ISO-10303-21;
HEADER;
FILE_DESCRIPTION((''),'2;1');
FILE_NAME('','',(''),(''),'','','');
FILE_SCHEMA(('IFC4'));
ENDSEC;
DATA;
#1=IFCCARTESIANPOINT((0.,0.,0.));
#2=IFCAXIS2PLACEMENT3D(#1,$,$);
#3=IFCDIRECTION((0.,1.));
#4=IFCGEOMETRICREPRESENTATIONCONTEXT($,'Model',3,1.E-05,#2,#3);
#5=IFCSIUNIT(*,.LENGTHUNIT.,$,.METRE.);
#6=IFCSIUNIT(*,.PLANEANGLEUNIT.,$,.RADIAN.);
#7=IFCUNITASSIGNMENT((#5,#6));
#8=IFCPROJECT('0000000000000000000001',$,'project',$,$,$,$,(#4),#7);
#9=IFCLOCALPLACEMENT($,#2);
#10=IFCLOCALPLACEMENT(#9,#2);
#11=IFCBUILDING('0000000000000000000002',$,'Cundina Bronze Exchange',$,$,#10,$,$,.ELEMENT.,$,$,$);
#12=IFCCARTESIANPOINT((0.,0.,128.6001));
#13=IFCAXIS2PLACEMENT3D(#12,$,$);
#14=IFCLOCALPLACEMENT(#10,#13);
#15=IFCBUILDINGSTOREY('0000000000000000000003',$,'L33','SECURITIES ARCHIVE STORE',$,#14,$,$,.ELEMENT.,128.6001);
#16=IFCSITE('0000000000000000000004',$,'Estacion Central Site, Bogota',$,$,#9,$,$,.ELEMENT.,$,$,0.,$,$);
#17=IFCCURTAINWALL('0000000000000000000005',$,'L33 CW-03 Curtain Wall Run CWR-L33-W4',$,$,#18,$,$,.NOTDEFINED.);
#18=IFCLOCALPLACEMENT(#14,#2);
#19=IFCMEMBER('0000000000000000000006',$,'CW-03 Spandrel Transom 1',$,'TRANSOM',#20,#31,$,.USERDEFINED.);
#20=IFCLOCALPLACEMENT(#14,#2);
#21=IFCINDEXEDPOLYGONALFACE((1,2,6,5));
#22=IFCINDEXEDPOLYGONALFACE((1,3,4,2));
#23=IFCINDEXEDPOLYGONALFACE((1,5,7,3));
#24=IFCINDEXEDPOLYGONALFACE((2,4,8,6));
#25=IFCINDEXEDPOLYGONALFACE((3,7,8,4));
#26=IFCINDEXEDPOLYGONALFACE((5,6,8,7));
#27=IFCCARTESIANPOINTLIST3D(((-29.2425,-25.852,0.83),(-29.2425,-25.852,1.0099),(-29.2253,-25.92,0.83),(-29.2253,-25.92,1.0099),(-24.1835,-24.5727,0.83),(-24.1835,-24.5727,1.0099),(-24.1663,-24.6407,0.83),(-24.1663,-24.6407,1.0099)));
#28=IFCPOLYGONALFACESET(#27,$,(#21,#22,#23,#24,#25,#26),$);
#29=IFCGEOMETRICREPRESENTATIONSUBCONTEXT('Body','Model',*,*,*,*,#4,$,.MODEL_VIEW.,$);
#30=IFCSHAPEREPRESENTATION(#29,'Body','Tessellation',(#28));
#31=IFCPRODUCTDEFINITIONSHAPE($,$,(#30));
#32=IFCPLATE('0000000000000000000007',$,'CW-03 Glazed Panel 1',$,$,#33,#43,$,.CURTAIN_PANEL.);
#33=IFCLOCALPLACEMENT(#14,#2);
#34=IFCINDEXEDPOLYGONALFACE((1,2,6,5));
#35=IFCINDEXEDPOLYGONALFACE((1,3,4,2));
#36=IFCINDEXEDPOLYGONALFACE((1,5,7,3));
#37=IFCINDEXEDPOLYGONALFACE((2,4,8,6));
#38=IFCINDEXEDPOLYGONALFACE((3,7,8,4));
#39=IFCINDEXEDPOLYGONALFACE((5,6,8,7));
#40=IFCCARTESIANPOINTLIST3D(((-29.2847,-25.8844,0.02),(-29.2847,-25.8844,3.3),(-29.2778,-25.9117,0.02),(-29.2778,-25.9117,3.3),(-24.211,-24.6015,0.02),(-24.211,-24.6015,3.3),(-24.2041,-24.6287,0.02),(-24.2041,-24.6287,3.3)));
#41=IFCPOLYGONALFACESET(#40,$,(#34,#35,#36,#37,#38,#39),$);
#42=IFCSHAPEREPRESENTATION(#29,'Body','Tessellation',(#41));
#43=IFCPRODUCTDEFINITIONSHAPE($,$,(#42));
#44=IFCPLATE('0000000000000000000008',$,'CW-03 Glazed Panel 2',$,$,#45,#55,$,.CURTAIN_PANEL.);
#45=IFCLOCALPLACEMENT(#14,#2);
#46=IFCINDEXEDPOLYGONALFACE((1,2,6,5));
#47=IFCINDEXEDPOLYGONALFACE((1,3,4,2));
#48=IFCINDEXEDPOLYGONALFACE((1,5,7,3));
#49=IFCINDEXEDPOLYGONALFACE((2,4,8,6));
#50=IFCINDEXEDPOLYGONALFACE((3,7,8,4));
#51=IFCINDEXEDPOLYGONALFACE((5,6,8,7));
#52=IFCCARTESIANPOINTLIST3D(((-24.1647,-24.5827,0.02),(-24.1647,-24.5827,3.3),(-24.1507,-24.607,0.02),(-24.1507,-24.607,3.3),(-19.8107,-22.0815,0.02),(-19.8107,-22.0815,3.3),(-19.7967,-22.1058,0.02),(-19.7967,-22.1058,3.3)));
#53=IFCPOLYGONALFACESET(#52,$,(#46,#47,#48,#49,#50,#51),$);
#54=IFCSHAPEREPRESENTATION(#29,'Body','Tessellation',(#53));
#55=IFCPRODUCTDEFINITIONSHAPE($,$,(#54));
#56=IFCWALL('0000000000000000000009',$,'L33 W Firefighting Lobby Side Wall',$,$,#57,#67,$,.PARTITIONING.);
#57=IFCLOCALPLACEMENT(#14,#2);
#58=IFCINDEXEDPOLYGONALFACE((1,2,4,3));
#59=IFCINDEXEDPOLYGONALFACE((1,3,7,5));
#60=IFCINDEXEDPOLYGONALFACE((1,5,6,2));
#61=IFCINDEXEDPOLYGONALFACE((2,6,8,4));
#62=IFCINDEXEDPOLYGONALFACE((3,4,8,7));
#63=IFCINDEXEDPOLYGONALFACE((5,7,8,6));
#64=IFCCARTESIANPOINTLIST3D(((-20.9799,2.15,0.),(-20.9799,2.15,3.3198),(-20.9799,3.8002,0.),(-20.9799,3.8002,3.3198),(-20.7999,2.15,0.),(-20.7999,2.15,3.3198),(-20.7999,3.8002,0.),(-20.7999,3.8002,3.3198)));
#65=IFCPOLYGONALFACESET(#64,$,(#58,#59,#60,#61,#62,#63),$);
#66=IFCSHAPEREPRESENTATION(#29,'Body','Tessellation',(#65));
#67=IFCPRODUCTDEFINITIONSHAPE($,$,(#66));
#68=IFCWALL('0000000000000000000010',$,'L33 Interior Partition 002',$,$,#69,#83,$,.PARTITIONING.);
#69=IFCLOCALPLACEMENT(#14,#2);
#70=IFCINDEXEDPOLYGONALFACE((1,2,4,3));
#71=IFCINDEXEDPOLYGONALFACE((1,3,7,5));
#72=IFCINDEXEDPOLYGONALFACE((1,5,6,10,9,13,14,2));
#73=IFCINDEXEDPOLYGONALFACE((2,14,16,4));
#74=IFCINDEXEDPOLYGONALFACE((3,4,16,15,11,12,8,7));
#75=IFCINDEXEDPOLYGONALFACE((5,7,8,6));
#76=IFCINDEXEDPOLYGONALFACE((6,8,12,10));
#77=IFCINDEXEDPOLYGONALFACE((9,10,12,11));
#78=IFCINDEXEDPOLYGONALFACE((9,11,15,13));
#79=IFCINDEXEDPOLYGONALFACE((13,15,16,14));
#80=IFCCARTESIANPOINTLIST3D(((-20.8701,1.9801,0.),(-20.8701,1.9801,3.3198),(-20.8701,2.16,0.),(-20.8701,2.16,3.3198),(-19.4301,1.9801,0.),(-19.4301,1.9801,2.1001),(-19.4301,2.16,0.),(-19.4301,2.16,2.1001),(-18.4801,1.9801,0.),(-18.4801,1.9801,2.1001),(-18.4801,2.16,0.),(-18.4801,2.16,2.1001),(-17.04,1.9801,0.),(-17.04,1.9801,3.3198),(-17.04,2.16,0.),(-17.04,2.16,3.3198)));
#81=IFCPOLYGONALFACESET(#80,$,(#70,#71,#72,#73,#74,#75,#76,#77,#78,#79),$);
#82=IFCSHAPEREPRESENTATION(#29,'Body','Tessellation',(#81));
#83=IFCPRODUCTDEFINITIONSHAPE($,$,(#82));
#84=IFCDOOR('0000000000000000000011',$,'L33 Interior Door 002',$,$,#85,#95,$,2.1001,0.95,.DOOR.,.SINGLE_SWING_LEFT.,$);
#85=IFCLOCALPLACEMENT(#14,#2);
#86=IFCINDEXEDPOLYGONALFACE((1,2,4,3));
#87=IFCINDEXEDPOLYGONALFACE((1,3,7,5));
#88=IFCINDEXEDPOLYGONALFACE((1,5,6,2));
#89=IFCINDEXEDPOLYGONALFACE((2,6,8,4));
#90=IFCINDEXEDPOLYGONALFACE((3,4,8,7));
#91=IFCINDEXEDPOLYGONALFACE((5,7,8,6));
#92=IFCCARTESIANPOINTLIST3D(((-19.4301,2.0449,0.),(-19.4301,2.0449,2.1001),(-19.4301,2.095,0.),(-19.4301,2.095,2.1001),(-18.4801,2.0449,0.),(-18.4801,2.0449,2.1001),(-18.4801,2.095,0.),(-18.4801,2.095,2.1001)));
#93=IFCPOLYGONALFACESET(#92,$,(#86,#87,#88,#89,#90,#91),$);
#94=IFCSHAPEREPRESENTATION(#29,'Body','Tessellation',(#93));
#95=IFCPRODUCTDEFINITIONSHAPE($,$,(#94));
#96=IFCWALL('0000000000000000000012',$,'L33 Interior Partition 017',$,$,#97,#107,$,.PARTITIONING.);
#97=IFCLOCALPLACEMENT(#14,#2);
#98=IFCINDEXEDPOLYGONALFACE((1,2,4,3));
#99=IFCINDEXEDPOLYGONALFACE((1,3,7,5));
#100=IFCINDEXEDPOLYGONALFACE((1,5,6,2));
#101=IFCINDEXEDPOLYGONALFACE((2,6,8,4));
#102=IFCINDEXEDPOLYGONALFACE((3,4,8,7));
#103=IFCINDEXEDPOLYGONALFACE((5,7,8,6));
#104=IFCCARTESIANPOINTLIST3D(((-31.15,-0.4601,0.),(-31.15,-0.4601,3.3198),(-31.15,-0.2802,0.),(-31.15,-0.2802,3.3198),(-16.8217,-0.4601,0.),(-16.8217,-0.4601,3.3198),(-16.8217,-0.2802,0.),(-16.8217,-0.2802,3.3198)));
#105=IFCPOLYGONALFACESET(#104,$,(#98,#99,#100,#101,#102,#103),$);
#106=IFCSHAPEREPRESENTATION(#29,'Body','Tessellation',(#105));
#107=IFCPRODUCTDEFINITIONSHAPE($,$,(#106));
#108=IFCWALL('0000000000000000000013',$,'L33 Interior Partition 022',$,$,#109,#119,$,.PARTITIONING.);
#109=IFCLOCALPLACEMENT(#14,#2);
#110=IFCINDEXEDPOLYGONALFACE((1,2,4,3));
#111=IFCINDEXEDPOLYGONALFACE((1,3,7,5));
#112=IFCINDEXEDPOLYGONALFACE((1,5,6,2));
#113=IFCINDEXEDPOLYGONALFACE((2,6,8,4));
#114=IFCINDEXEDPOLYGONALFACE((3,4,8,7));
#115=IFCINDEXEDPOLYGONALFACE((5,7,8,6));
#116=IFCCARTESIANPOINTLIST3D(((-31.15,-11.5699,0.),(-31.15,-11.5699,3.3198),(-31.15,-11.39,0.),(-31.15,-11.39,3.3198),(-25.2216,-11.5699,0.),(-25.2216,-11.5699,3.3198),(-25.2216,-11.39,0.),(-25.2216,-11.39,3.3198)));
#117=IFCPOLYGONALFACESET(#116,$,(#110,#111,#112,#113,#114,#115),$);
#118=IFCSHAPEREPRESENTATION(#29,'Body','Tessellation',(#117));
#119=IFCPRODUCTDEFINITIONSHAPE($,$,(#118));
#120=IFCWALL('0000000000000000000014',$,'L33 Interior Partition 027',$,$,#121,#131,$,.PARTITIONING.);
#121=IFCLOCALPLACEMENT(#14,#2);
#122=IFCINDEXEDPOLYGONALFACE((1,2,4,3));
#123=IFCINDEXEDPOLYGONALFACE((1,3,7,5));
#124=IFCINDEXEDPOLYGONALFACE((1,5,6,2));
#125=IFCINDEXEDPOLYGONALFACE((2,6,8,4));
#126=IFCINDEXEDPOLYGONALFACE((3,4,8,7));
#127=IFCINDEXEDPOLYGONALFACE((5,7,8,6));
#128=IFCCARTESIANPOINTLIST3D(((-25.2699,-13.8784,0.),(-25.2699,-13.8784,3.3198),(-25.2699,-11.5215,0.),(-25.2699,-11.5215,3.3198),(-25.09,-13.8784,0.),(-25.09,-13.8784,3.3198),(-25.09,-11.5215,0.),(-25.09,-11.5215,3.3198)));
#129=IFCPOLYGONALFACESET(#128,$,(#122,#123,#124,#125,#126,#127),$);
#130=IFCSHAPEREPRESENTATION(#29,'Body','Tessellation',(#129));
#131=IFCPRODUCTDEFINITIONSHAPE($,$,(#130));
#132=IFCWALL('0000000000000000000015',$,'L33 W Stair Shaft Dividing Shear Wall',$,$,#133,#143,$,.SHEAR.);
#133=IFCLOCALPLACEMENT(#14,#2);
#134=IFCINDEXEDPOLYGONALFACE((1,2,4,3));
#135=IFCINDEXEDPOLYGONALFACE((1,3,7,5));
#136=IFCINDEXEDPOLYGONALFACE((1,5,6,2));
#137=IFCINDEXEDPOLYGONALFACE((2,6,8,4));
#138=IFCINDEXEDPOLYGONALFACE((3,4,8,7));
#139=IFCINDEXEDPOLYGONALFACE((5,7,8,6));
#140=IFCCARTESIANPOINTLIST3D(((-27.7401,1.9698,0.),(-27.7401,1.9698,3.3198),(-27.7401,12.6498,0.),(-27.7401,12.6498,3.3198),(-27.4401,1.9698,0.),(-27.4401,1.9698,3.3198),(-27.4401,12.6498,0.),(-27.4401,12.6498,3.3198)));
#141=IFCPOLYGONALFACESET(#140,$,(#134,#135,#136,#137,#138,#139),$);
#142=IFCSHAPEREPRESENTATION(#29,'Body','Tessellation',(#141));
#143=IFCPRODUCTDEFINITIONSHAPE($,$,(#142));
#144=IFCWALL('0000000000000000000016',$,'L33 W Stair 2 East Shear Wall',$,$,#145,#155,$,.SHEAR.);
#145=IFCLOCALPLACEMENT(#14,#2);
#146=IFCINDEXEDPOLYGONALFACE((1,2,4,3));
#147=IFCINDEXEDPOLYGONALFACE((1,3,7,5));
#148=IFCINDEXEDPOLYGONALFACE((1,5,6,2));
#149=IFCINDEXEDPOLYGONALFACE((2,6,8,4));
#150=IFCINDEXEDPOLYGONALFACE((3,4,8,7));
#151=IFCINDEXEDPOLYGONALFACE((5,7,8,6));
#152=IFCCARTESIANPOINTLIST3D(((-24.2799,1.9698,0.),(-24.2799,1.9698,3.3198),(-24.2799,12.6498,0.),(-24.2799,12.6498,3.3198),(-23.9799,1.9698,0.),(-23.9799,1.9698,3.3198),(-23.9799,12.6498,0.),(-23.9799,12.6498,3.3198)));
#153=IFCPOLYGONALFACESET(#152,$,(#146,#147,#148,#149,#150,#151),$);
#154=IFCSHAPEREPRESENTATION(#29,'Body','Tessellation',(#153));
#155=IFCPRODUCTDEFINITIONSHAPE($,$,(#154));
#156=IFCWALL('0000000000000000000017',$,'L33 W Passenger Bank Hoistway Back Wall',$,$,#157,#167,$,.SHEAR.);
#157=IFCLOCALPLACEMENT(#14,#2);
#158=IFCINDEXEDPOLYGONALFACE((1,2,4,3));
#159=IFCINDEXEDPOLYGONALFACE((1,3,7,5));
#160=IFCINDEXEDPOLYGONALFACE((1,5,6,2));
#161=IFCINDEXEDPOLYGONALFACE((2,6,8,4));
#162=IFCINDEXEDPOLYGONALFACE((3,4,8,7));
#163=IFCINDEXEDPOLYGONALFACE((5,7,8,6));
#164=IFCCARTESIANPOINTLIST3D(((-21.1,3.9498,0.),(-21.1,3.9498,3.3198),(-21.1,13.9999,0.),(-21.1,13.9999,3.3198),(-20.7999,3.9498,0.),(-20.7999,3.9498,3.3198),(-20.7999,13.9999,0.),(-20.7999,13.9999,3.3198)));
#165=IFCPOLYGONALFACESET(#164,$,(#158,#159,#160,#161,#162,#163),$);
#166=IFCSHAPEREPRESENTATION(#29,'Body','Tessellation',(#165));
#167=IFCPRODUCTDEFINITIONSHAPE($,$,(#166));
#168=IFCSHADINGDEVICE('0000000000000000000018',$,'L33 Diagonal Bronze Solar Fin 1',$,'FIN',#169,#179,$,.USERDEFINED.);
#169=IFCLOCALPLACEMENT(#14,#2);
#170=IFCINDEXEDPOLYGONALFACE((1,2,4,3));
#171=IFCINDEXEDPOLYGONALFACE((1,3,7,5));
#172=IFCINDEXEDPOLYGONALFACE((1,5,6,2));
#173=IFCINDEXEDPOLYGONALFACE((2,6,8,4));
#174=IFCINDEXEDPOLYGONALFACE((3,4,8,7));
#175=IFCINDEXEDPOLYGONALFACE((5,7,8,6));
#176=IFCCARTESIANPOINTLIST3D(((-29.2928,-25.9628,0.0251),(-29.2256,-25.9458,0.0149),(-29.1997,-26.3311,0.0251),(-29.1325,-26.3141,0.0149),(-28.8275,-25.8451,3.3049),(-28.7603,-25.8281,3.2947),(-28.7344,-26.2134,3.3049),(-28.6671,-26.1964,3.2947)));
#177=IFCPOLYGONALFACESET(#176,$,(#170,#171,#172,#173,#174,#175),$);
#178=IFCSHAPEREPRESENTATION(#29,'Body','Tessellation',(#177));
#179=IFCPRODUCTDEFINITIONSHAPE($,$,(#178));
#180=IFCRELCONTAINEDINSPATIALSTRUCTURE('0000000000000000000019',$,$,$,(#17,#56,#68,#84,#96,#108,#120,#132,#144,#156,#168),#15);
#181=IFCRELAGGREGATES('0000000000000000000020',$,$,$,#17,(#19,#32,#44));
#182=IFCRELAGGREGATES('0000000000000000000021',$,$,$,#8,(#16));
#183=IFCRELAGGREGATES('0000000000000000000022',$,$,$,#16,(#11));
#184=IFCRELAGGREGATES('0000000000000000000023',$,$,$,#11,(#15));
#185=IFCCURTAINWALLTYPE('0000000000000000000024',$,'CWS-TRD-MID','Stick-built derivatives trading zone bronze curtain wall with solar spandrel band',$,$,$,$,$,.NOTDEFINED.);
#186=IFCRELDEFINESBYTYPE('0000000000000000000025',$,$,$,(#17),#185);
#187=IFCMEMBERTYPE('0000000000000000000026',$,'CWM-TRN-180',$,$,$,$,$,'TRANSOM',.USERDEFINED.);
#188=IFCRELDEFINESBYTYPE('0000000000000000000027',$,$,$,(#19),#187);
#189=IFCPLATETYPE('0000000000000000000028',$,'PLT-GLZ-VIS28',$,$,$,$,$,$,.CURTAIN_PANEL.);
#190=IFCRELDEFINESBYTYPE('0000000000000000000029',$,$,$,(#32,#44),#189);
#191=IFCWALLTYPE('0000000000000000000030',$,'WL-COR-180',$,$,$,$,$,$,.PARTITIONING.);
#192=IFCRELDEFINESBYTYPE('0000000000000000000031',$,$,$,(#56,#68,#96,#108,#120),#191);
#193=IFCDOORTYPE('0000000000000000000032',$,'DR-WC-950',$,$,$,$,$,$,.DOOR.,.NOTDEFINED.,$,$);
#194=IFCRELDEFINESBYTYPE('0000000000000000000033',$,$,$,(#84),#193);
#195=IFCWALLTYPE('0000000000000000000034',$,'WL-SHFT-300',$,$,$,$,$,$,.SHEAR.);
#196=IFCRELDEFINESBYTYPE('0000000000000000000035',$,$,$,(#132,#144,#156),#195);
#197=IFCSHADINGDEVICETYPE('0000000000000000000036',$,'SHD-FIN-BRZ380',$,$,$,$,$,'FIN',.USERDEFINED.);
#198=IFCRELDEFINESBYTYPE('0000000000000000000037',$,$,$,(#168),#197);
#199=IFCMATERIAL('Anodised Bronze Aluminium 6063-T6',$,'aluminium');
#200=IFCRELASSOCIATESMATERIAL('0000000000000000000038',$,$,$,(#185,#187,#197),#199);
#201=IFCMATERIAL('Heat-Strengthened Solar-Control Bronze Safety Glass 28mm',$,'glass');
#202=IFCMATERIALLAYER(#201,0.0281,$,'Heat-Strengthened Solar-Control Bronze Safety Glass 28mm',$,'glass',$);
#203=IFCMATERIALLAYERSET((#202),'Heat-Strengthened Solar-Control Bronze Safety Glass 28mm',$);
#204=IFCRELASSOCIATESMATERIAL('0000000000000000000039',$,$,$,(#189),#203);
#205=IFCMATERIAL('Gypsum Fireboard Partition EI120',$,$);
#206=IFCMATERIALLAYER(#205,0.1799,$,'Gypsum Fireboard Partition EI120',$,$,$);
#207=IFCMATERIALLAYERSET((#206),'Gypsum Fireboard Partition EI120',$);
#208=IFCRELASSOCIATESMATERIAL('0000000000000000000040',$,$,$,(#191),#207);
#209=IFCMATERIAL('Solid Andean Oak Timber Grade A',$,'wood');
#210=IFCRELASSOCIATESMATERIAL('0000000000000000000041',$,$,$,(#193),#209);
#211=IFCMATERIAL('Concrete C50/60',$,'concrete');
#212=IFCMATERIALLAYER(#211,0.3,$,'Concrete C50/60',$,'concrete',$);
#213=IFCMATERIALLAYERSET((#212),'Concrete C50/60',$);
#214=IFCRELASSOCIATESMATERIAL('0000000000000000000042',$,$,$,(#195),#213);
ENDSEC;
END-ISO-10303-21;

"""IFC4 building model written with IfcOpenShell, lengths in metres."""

from ifc_helpers import new_model, si_unit, direction, frame, frame_2d, origin, origin_2d, place, context, subcontext, project, spatial, rectangle, extrude, material, layer, layer_set, material_profile, profile_set, type_object, element, fill, aggregate, save


model = new_model("IFC4")

# Units and contexts
model_context = context("Model", 3, precision=1e-05, world=origin(), true_north=direction((0.0, 1.0)))
body_context = subcontext(model_context, "Body", "Model", "MODEL_VIEW")
ifc_project = project(units=[si_unit("LENGTHUNIT", "METRE"), si_unit("PLANEANGLEUNIT", "RADIAN")], contexts=[model_context])

# Site, building, storey
site_placement = place(None, origin())
site = spatial("IfcSite", under=ifc_project, at=site_placement, Name="Estacion Central Site, Bogota", CompositionType="ELEMENT", RefElevation=0.0)
building_placement = place(site_placement, origin())
building = spatial("IfcBuilding", under=site, at=building_placement, Name="Cundina Bronze Exchange", CompositionType="ELEMENT")
storey_placement = place(building_placement, frame((0.0, 0.0, 128.6001)))
storey = spatial("IfcBuildingStorey", under=building, at=storey_placement, Name="L33", Description="SECURITIES ARCHIVE STORE", CompositionType="ELEMENT", Elevation=128.6001)

# Shared definitions
ifc_material_1 = material(Name="Anodised Bronze Aluminium 6063-T6", Category="aluminium")
curtain_wall_type = type_object("IfcCurtainWallType", Name="CWS-TRD-MID", Description="Stick-built derivatives trading zone bronze curtain wall with solar spandrel band", PredefinedType="NOTDEFINED", material=ifc_material_1)

# Curtain wall, member, plates
curtain_wall_1_placement = place(storey_placement, origin())
curtain_wall_1 = element("IfcCurtainWall", 1, at=curtain_wall_1_placement, inside=storey, type_object=curtain_wall_type, Name="L33 CW-03 Curtain Wall Run CWR-L33-W4", PredefinedType="NOTDEFINED")
ifc_material_profile_1 = material_profile(ifc_material_1, rectangle(XDim=0.0701, YDim=0.1799, at=origin_2d()), Name="AL70X180", Category="aluminium")
ifc_profile_set_1 = profile_set([ifc_material_profile_1], Name="Anodised Bronze Aluminium 6063-T6")
member_type_1 = type_object("IfcMemberType", Name="CWM-TRN-180", ElementType="TRANSOM", PredefinedType="USERDEFINED", material=ifc_profile_set_1)
member_1_placement = place(storey_placement, frame((-29.2339, -25.886, 0.9199), z_axis=(0.969484, 0.245155, 0.0), x_axis=(-0.245155, 0.969484, 0.0)))
member_1 = element("IfcMember", 2, at=member_1_placement, type_object=member_type_1, Name="CW-03 Spandrel Transom 1", ObjectType="TRANSOM", PredefinedType="USERDEFINED", context=body_context, shape_type="SweptSolid", body=[
    extrude(rectangle(XDim=0.0701, YDim=0.1799, at=origin_2d()), origin(), (0.0, 0.0, 1.0), 5.2183),
])
ifc_material_2 = material(Name="Heat-Strengthened Solar-Control Bronze Safety Glass 28mm", Category="glass")
ifc_layer_1 = layer(ifc_material_2, 0.0281, Name="Heat-Strengthened Solar-Control Bronze Safety Glass 28mm", Category="glass")
ifc_layer_set_1 = layer_set([ifc_layer_1], Name="Heat-Strengthened Solar-Control Bronze Safety Glass 28mm")
plate_type = type_object("IfcPlateType", Name="PLT-GLZ-VIS28", PredefinedType="CURTAIN_PANEL", material=ifc_layer_set_1)
plate_1_placement = place(storey_placement, frame((-26.7444, -25.2566, 0.02), z_axis=(0.0, 0.0, 1.0), x_axis=(0.969488, 0.245138, 0.0)))
plate_1 = element("IfcPlate", 3, at=plate_1_placement, type_object=plate_type, Name="CW-03 Glazed Panel 1", PredefinedType="CURTAIN_PANEL", context=body_context, shape_type="SweptSolid", body=[
    extrude(rectangle(XDim=5.2334, YDim=0.0281, at=origin_2d()), origin(), (0.0, 0.0, 1.0), 3.28),
])
plate_2_placement = place(storey_placement, frame((-21.9807, -23.3442, 0.02), z_axis=(0.0, 0.0, 1.0), x_axis=(0.867105, 0.498125, 0.0)))
plate_2 = element("IfcPlate", 4, at=plate_2_placement, type_object=plate_type, Name="CW-03 Glazed Panel 2", PredefinedType="CURTAIN_PANEL", context=body_context, shape_type="SweptSolid", body=[
    extrude(rectangle(XDim=5.0212, YDim=0.0281, at=origin_2d()), origin(), (0.0, 0.0, 1.0), 3.28),
])
aggregate(curtain_wall_1, [member_1, plate_1, plate_2])

# Wall
ifc_material_3 = material(Name="Gypsum Fireboard Partition EI120")
ifc_layer_2 = layer(ifc_material_3, 0.1799, Name="Gypsum Fireboard Partition EI120")
ifc_layer_set_2 = layer_set([ifc_layer_2], Name="Gypsum Fireboard Partition EI120")
wall_type_1 = type_object("IfcWallType", Name="WL-COR-180", PredefinedType="PARTITIONING", material=ifc_layer_set_2)
wall_1_placement = place(storey_placement, frame((-20.8899, 2.1499, 0.0), z_axis=(0.0, 0.0, 1.0), x_axis=(0.0, 1.0, 0.0)))
element("IfcWall", 5, at=wall_1_placement, inside=storey, type_object=wall_type_1, Name="L33 W Firefighting Lobby Side Wall", PredefinedType="PARTITIONING", context=body_context, shape_type="SweptSolid", body=[
    extrude(rectangle(XDim=1.6501, YDim=0.1799, at=frame_2d((0.8252, 0.0))), origin(), (0.0, 0.0, 1.0), 3.3198),
])

# Wall, opening, door
wall_2_placement = place(storey_placement, frame((-20.8701, 2.0701, 0.0), z_axis=(0.0, 0.0, 1.0), x_axis=(1.0, 0.0, 0.0)))
wall_2 = element("IfcWall", 6, at=wall_2_placement, inside=storey, type_object=wall_type_1, Name="L33 Interior Partition 002", PredefinedType="PARTITIONING", context=body_context, shape_type="SweptSolid", body=[
    extrude(rectangle(XDim=3.8301, YDim=0.1799, at=frame_2d((1.915, 0.0))), origin(), (0.0, 0.0, 1.0), 3.3198),
])
opening_1_placement = place(wall_2_placement, frame((1.4399, 0.0, 0.0)))
opening_1 = element("IfcOpeningElement", 7, at=opening_1_placement, cuts=wall_2, PredefinedType="OPENING", context=body_context, shape_type="SweptSolid", body=[
    extrude(rectangle(XDim=0.95, YDim=2.1001, at=frame_2d((0.4751, 1.05))), frame((0.0, 0.0999, 0.0), z_axis=(0.0, -1.0, 0.0), x_axis=(1.0, 0.0, 0.0)), (0.0, 0.0, 1.0), 0.2),
])
ifc_material_4 = material(Name="Solid Andean Oak Timber Grade A", Category="wood")
door_type_1 = type_object("IfcDoorType", Name="DR-WC-950", OperationType="NOTDEFINED", PredefinedType="DOOR", material=ifc_material_4)
door_1_placement = place(opening_1_placement, origin())
door_1 = element("IfcDoor", 8, at=door_1_placement, inside=storey, type_object=door_type_1, Name="L33 Interior Door 002", OperationType="SINGLE_SWING_LEFT", OverallHeight=2.1001, OverallWidth=0.95, PredefinedType="DOOR", context=body_context, shape_type="SweptSolid", body=[
    extrude(rectangle(XDim=0.95, YDim=2.1001, at=frame_2d((0.4751, 1.05))), frame((0.0, 0.0249, 0.0), z_axis=(0.0, -1.0, 0.0), x_axis=(1.0, 0.0, 0.0)), (0.0, 0.0, 1.0), 0.05),
])
fill(opening_1, door_1)

# Walls
wall_3_placement = place(storey_placement, frame((-31.1499, -0.3701, 0.0), z_axis=(0.0, 0.0, 1.0), x_axis=(1.0, 0.0, 0.0)))
element("IfcWall", 9, at=wall_3_placement, inside=storey, type_object=wall_type_1, Name="L33 Interior Partition 017", PredefinedType="PARTITIONING", context=body_context, shape_type="SweptSolid", body=[
    extrude(rectangle(XDim=14.3284, YDim=0.1799, at=frame_2d((7.1641, 0.0))), origin(), (0.0, 0.0, 1.0), 3.3198),
])
wall_4_placement = place(storey_placement, frame((-25.2214, -11.48, 0.0), z_axis=(0.0, 0.0, 1.0), x_axis=(-1.0, 0.0, 0.0)))
element("IfcWall", 10, at=wall_4_placement, inside=storey, type_object=wall_type_1, Name="L33 Interior Partition 022", PredefinedType="PARTITIONING", context=body_context, shape_type="SweptSolid", body=[
    extrude(rectangle(XDim=5.9285, YDim=0.1799, at=frame_2d((2.9644, 0.0))), origin(), (0.0, 0.0, 1.0), 3.3198),
])
wall_5_placement = place(storey_placement, frame((-25.1799, -13.8784, 0.0), z_axis=(0.0, 0.0, 1.0), x_axis=(0.0, 1.0, 0.0)))
element("IfcWall", 11, at=wall_5_placement, inside=storey, type_object=wall_type_1, Name="L33 Interior Partition 027", PredefinedType="PARTITIONING", context=body_context, shape_type="SweptSolid", body=[
    extrude(rectangle(XDim=2.3569, YDim=0.1799, at=frame_2d((1.1785, 0.0))), origin(), (0.0, 0.0, 1.0), 3.3198),
])
ifc_material_5 = material(Name="Concrete C50/60", Category="concrete")
ifc_layer_3 = layer(ifc_material_5, 0.3, Name="Concrete C50/60", Category="concrete")
ifc_layer_set_3 = layer_set([ifc_layer_3], Name="Concrete C50/60")
wall_type_2 = type_object("IfcWallType", Name="WL-SHFT-300", PredefinedType="SHEAR", material=ifc_layer_set_3)
for number, where, z_axis, x_axis, name in (
    (12, (-27.5901, 1.97, 0.0), (0.0, 0.0, 1.0), (0.0, 1.0, 0.0), "L33 W Stair Shaft Dividing Shear Wall"),
    (13, (-24.1299, 1.97, 0.0), (0.0, 0.0, 1.0), (0.0, 1.0, 0.0), "L33 W Stair 2 East Shear Wall"),
):
    element("IfcWall", number, at=place(storey_placement, frame(where, z_axis=z_axis, x_axis=x_axis)), inside=storey, type_object=wall_type_2, Name=name, PredefinedType="SHEAR", context=body_context, shape_type="SweptSolid", body=[
        extrude(rectangle(XDim=10.6799, YDim=0.3, at=frame_2d((5.3398, 0.0))), origin(), (0.0, 0.0, 1.0), 3.3198),
    ])
wall_6_placement = place(storey_placement, frame((-20.95, 3.95, 0.0), z_axis=(0.0, 0.0, 1.0), x_axis=(0.0, 1.0, 0.0)))
element("IfcWall", 14, at=wall_6_placement, inside=storey, type_object=wall_type_2, Name="L33 W Passenger Bank Hoistway Back Wall", PredefinedType="SHEAR", context=body_context, shape_type="SweptSolid", body=[
    extrude(rectangle(XDim=10.05, YDim=0.3, at=frame_2d((5.0249, 0.0))), origin(), (0.0, 0.0, 1.0), 3.3198),
])

# Shading device
ifc_material_profile_2 = material_profile(ifc_material_1, rectangle(XDim=0.0701, YDim=0.3799, at=origin_2d()), Name="FIN70X380", Category="aluminium")
ifc_profile_set_2 = profile_set([ifc_material_profile_2], Name="Anodised Bronze Aluminium 6063-T6")
shading_device_type = type_object("IfcShadingDeviceType", Name="SHD-FIN-BRZ380", ElementType="FIN", PredefinedType="USERDEFINED", material=ifc_profile_set_2)
shading_device_placement = place(storey_placement, frame((-29.2126, -26.1384, 0.02), z_axis=(0.140383, 0.035501, 0.989461), x_axis=(-0.959263, -0.242584, 0.144803)))
element("IfcShadingDevice", 15, at=shading_device_placement, inside=storey, type_object=shading_device_type, Name="L33 Diagonal Bronze Solar Fin 1", ObjectType="FIN", PredefinedType="USERDEFINED", context=body_context, shape_type="SweptSolid", body=[
    extrude(rectangle(XDim=0.0701, YDim=0.3799, at=origin_2d()), origin(), (0.0, 0.0, 1.0), 3.3147),
])

save(model, "model.ifc")
